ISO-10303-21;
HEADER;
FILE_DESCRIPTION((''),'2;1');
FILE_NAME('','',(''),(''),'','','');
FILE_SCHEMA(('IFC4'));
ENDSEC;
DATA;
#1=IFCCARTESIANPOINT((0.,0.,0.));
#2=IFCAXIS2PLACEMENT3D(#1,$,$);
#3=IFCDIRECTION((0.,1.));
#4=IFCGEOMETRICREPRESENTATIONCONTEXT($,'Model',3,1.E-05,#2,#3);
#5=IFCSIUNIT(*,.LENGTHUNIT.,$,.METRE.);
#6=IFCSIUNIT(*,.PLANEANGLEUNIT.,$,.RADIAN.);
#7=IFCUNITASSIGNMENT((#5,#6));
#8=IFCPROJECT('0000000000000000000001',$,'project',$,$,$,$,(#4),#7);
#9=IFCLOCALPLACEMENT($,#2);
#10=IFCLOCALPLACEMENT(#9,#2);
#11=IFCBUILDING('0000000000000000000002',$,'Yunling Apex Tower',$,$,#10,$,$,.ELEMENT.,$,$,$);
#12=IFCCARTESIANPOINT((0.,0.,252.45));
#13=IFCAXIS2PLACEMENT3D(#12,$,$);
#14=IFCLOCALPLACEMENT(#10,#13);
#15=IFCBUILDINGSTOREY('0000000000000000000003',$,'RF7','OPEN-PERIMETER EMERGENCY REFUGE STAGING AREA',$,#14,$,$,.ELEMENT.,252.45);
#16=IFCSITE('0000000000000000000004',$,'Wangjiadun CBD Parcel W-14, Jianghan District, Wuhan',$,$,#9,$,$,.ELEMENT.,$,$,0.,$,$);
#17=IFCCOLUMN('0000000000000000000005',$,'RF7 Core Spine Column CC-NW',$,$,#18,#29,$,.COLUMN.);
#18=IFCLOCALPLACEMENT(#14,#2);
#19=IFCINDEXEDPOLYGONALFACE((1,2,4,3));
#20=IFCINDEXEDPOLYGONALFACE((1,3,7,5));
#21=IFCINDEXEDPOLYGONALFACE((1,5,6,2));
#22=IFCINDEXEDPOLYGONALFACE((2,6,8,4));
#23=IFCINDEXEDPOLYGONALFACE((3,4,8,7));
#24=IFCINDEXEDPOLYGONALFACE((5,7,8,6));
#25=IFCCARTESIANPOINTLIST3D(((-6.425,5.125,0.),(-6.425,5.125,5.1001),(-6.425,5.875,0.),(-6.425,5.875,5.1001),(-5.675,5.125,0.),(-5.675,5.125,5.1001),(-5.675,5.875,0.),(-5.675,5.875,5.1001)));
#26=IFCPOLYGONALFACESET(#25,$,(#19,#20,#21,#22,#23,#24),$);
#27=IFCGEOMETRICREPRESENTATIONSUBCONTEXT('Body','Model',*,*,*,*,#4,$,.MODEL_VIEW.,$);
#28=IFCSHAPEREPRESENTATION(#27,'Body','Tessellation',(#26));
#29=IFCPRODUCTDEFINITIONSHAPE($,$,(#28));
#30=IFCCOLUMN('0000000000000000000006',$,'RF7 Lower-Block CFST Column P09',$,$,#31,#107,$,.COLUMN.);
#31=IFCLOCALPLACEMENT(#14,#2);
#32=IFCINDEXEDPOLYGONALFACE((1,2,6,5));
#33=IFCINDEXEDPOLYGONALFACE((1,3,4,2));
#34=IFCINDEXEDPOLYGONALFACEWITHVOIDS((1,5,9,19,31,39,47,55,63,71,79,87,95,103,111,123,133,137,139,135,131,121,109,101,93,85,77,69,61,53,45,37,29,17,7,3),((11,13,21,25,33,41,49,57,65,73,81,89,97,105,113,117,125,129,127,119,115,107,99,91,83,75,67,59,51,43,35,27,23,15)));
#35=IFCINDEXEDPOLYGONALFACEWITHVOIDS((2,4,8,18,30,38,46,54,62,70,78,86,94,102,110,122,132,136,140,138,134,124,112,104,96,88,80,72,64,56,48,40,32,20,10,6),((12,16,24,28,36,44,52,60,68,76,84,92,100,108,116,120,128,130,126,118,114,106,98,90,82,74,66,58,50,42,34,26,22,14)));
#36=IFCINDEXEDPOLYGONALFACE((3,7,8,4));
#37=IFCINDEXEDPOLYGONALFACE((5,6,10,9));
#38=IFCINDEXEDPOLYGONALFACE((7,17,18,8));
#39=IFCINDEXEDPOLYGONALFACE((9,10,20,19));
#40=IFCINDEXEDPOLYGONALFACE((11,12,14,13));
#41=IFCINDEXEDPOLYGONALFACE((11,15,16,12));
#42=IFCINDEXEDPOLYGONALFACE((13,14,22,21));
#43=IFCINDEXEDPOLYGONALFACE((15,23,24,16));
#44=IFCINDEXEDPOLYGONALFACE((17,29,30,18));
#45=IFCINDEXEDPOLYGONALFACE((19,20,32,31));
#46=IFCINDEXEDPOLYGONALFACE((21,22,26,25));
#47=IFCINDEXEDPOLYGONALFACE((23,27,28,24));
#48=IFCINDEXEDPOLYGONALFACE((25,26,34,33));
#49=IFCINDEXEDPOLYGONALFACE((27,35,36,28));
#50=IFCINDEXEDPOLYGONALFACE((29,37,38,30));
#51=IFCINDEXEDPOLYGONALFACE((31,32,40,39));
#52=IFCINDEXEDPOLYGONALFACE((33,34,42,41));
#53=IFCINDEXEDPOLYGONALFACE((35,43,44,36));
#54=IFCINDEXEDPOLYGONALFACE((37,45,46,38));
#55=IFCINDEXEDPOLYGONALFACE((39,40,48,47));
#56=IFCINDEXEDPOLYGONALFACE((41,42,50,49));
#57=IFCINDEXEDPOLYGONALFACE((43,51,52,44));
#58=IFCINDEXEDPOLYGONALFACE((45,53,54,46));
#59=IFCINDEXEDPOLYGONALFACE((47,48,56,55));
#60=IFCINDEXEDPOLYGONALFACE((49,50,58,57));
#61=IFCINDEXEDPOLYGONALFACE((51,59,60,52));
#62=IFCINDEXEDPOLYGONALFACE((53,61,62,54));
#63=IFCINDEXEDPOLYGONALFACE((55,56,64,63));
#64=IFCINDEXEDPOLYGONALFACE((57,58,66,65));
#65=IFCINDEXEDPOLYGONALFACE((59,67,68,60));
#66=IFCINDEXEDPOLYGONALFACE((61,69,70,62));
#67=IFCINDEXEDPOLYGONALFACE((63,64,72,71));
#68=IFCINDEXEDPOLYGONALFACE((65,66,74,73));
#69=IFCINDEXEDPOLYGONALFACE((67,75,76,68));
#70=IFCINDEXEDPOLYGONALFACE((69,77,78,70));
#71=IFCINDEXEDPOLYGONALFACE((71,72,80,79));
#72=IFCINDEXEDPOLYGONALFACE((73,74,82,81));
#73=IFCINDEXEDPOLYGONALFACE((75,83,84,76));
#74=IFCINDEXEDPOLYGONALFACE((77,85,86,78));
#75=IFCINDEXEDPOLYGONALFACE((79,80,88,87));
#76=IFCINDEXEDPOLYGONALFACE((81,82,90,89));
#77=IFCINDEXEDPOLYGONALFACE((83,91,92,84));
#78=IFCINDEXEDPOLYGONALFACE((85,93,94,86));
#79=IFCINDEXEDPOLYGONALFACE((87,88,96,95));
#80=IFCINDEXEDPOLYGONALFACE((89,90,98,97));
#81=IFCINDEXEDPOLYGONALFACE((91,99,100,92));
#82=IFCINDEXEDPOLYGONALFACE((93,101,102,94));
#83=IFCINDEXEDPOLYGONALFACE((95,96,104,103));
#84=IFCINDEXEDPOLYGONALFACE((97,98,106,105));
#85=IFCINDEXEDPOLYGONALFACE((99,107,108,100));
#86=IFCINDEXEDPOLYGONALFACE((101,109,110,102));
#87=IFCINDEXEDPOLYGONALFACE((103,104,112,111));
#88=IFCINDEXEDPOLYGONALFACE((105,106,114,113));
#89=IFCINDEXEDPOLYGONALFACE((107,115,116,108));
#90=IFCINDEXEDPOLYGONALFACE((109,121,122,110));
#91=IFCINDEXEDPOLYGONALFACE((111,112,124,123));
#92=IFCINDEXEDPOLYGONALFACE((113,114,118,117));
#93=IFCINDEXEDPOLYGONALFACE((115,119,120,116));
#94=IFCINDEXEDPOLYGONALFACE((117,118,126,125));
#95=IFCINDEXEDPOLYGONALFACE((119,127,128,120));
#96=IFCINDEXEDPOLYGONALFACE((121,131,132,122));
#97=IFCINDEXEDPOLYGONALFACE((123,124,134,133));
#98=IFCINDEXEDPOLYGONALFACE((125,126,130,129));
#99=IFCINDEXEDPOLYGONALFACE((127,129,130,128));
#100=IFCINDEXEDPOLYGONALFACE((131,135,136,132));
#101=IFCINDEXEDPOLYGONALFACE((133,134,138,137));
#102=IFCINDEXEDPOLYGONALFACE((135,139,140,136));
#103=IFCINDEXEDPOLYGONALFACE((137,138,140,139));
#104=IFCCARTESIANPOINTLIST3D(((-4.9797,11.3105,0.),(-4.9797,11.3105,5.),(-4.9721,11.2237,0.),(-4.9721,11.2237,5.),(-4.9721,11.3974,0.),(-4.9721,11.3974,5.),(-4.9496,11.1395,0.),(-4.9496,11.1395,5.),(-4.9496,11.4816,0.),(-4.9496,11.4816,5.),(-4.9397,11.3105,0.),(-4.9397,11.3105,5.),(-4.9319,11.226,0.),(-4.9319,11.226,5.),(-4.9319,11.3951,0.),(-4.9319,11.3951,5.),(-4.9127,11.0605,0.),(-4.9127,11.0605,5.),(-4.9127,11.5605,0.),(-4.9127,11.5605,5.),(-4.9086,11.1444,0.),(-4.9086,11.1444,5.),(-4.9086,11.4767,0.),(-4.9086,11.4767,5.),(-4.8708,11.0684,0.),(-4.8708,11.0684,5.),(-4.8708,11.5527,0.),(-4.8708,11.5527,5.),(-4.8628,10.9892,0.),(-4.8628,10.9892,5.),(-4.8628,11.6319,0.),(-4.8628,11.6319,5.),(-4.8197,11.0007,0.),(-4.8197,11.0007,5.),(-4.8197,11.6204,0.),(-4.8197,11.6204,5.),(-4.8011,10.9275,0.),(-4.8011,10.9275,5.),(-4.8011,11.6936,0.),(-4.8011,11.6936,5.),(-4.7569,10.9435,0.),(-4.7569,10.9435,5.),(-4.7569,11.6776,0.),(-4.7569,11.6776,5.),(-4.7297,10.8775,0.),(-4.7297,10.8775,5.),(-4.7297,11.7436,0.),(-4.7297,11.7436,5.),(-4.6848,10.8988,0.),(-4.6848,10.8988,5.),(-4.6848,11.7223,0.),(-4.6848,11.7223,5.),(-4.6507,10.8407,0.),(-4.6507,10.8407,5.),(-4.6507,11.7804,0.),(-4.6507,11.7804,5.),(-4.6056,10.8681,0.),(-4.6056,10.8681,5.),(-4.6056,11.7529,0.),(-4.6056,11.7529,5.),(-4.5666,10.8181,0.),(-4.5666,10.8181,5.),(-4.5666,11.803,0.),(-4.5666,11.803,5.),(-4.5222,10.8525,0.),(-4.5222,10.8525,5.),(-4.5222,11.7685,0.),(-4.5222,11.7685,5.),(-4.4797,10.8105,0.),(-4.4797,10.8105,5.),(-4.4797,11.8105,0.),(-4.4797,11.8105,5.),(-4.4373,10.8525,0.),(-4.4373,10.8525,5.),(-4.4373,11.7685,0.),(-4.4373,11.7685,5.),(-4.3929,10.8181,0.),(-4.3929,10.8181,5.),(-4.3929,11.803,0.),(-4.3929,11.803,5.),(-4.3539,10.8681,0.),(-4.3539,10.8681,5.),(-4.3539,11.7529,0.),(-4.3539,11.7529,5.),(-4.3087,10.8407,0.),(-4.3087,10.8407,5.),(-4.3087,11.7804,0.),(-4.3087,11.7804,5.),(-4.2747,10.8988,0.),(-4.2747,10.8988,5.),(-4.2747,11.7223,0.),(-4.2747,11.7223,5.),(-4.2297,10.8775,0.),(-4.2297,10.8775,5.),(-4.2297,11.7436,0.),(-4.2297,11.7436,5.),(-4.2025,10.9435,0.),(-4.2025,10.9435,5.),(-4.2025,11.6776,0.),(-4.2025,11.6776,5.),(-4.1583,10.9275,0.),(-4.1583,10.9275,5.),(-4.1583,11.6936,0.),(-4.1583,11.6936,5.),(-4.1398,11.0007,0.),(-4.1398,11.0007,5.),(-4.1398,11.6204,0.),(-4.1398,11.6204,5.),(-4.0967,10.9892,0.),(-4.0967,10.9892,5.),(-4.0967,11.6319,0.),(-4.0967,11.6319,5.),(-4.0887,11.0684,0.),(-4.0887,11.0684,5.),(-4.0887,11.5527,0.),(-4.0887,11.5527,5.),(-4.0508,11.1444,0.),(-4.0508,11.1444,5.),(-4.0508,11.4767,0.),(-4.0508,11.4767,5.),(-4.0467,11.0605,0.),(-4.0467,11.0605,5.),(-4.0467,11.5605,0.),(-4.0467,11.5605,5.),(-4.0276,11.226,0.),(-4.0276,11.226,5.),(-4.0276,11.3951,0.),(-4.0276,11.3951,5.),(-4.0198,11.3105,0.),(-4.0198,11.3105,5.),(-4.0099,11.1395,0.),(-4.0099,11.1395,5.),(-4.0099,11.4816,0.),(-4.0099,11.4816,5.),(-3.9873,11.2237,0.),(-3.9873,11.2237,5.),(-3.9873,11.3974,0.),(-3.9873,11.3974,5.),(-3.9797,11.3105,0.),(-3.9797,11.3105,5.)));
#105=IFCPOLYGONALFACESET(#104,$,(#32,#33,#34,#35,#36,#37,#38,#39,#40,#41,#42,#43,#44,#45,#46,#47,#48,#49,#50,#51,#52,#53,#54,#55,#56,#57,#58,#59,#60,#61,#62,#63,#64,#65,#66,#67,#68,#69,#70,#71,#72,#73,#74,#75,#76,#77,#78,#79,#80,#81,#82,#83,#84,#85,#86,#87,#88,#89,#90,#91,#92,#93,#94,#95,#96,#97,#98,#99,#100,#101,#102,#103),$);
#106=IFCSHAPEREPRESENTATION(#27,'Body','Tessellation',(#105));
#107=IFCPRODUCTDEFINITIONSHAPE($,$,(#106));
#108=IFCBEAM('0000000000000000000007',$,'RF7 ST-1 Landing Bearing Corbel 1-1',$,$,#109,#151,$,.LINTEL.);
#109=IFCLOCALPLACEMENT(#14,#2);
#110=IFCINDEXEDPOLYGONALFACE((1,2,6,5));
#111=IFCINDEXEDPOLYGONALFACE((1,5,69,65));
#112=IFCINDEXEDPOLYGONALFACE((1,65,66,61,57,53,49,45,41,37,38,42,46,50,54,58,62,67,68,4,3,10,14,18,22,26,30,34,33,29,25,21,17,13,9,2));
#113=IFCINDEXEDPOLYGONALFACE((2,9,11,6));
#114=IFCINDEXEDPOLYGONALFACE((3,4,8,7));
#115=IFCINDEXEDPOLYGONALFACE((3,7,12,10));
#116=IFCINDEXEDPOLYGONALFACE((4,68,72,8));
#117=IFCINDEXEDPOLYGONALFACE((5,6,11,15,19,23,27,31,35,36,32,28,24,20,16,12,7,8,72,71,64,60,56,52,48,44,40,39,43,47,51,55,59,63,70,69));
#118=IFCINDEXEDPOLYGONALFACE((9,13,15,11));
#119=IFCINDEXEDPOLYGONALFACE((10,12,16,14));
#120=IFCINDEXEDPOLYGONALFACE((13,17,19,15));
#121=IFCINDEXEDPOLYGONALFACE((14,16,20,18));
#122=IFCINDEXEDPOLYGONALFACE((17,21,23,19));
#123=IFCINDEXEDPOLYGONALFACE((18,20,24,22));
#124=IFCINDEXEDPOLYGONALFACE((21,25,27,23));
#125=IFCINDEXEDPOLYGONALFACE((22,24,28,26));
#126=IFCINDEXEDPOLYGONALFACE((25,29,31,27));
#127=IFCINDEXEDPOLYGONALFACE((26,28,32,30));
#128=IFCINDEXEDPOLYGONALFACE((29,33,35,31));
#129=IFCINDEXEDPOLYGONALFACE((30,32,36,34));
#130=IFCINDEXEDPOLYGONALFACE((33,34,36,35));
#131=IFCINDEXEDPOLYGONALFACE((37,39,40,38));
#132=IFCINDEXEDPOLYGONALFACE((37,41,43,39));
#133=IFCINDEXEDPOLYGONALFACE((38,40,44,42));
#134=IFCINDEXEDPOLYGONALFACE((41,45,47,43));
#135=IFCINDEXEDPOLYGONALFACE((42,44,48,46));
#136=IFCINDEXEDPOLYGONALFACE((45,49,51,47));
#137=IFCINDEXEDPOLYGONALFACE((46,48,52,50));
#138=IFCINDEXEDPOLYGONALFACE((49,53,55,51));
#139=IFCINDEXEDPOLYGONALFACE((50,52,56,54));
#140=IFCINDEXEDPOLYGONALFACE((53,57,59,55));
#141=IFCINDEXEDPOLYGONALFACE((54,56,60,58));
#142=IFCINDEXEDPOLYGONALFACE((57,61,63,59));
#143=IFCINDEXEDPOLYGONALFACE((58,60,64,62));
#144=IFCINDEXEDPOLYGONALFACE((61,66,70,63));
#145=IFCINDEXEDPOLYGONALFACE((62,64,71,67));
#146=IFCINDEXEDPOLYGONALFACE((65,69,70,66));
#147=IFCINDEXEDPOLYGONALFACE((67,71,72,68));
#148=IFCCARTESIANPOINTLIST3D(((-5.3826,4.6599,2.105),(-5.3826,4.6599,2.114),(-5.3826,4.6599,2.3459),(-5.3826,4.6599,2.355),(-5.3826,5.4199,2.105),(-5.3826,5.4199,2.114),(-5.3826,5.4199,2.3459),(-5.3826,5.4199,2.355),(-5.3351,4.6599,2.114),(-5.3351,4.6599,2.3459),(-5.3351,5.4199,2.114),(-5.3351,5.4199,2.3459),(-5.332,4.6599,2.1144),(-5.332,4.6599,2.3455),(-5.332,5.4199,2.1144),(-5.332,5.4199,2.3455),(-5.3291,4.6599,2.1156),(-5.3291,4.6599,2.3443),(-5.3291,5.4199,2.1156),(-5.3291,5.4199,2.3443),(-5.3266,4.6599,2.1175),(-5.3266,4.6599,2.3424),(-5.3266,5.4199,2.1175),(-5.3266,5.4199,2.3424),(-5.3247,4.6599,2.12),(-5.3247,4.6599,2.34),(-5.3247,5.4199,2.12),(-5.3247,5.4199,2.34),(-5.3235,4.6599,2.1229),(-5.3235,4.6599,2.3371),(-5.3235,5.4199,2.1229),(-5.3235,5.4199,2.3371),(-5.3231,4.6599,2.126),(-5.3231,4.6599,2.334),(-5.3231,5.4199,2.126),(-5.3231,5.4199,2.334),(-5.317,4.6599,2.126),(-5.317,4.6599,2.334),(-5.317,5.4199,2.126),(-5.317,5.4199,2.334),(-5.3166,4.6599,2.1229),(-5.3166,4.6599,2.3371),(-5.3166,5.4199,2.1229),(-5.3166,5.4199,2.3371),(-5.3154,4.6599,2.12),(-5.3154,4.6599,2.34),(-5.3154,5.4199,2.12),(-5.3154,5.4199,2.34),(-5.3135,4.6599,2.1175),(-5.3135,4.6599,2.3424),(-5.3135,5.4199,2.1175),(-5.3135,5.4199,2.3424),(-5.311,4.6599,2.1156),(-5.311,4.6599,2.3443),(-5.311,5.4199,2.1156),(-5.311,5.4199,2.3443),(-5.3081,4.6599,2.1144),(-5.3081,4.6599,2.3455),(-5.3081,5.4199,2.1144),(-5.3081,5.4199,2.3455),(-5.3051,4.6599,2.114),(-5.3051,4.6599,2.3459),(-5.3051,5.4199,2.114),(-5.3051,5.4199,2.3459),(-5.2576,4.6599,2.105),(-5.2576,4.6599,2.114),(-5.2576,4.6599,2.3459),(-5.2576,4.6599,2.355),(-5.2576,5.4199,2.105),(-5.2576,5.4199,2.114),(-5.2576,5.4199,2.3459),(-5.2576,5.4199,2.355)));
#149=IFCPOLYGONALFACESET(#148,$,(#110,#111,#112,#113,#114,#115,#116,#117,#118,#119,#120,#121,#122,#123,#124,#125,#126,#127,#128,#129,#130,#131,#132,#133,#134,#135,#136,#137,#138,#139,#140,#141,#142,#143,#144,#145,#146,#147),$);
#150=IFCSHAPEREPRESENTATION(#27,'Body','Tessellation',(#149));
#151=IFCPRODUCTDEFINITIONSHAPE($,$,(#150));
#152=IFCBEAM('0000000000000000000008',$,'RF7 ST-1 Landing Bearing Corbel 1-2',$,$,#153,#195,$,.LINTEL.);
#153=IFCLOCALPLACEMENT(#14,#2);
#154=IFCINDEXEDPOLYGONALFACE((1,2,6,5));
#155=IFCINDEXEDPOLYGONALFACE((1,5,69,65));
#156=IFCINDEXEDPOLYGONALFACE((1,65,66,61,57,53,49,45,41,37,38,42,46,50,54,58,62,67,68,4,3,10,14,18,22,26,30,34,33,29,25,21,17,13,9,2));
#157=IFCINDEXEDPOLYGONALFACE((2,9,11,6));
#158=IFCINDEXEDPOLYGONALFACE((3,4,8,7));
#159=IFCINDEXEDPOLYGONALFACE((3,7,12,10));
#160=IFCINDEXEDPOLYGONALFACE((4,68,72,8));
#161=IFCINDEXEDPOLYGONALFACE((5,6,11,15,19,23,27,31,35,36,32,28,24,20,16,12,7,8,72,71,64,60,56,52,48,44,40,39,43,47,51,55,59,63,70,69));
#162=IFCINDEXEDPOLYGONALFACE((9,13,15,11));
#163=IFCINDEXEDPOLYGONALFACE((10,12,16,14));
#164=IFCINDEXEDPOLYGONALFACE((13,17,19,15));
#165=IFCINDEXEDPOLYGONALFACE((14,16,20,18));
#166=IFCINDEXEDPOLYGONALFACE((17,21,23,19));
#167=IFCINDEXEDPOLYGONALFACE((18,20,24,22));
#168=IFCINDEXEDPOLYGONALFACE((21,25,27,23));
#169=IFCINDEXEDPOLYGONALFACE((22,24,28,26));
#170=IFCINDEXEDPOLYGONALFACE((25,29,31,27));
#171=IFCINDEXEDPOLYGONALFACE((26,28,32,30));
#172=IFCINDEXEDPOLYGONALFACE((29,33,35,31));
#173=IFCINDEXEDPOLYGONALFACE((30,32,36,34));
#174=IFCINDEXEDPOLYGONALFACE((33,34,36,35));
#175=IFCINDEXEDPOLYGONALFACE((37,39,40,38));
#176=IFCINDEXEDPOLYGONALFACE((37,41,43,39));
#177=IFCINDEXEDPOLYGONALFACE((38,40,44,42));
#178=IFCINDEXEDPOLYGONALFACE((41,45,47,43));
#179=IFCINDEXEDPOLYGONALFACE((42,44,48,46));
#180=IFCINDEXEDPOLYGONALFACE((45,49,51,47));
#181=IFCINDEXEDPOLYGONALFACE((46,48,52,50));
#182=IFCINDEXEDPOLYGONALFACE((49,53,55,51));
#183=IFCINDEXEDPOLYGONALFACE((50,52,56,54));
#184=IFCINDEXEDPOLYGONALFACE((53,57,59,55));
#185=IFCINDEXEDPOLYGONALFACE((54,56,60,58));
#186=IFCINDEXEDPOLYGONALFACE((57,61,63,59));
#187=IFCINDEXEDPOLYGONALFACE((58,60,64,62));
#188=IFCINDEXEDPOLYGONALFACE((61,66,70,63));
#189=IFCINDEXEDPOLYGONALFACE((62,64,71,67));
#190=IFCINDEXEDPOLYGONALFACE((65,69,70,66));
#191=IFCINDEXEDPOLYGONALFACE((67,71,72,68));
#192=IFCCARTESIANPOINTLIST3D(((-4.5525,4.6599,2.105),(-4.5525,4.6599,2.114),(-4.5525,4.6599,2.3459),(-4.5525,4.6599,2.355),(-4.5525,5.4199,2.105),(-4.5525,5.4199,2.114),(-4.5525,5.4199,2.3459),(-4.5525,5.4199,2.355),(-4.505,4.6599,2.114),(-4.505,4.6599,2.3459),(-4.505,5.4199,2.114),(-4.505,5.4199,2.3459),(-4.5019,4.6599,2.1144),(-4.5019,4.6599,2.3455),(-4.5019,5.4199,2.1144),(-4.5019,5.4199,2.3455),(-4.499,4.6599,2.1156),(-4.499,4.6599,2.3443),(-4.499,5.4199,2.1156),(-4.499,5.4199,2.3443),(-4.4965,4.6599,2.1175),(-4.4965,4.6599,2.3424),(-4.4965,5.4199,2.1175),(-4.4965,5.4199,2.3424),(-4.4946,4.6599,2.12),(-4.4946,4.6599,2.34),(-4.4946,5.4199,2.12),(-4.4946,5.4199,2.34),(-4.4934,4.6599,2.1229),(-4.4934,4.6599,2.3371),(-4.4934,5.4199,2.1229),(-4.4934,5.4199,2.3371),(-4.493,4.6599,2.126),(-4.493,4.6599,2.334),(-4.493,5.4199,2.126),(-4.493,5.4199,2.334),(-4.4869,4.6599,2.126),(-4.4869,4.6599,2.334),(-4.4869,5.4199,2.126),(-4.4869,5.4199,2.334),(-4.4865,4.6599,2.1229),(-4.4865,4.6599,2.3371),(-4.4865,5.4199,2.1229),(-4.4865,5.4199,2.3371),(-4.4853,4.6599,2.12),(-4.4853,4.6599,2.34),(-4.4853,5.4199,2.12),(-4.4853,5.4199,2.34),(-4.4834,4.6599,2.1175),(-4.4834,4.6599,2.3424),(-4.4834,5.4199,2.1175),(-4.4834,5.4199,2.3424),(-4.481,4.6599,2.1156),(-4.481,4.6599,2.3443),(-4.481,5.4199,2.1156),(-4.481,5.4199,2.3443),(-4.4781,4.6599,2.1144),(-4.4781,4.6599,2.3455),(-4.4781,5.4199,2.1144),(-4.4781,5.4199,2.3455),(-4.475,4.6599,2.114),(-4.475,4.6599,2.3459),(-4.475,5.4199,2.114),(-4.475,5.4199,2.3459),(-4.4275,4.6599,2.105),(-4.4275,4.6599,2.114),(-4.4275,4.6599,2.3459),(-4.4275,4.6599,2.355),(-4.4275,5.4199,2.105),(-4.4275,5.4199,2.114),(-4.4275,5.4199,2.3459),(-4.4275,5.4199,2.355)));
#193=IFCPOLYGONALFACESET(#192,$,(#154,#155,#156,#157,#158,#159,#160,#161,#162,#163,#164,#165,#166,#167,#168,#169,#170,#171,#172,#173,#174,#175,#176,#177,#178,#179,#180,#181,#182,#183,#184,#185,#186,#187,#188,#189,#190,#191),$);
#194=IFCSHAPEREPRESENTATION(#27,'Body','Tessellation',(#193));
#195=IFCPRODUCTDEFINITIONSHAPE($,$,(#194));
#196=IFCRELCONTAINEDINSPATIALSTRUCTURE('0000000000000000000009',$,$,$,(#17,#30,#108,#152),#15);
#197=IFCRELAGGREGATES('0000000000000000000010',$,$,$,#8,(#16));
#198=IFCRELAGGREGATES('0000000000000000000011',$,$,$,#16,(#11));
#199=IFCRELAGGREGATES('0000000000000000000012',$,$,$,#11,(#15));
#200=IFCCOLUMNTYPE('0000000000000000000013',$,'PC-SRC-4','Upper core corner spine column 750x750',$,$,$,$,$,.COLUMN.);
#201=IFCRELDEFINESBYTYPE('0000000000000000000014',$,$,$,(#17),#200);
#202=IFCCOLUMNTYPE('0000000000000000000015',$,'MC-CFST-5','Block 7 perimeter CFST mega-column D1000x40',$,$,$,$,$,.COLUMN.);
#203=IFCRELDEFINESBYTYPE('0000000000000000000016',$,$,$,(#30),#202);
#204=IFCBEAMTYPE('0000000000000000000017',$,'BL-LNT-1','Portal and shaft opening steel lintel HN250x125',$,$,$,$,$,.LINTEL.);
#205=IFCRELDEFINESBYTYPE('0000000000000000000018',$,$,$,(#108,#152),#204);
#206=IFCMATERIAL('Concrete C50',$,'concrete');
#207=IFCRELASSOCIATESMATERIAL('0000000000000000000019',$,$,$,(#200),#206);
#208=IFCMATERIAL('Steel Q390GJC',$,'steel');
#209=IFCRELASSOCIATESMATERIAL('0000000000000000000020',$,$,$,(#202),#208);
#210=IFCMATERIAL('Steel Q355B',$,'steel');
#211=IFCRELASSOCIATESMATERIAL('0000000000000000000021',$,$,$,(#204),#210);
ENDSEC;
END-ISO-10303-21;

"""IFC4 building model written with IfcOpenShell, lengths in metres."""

from ifc_helpers import new_model, si_unit, direction, frame, origin, origin_2d, place, context, subcontext, project, spatial, rectangle, hollow_circle, i_section, extrude, source, transform, mapped, material, material_profile, profile_set, type_object, element, save


model = new_model("IFC4")

# Units and contexts
model_context = context("Model", 3, precision=1e-05, world=origin(), true_north=direction((0.0, 1.0)))
body_context = subcontext(model_context, "Body", "Model", "MODEL_VIEW")
ifc_project = project(units=[si_unit("LENGTHUNIT", "METRE"), si_unit("PLANEANGLEUNIT", "RADIAN")], contexts=[model_context])

# Site, building, storey
site_placement = place(None, origin())
site = spatial("IfcSite", under=ifc_project, at=site_placement, Name="Wangjiadun CBD Parcel W-14, Jianghan District, Wuhan", CompositionType="ELEMENT", RefElevation=0.0)
building_placement = place(site_placement, origin())
building = spatial("IfcBuilding", under=site, at=building_placement, Name="Yunling Apex Tower", CompositionType="ELEMENT")
storey_placement = place(building_placement, frame((0.0, 0.0, 252.45)))
storey = spatial("IfcBuildingStorey", under=building, at=storey_placement, Name="RF7", Description="OPEN-PERIMETER EMERGENCY REFUGE STAGING AREA", CompositionType="ELEMENT", Elevation=252.45)

# Columns
ifc_material_1 = material(Name="Concrete C50", Category="concrete")
ifc_material_profile_1 = material_profile(ifc_material_1, rectangle(XDim=0.75, YDim=0.75, at=origin_2d()))
ifc_profile_set_1 = profile_set([ifc_material_profile_1], Name="Concrete C50")
column_type_1 = type_object("IfcColumnType", Name="PC-SRC-4", Description="Upper core corner spine column 750x750", PredefinedType="COLUMN", material=ifc_profile_set_1)
shared_shape_1 = source(origin(), body_context, "Body", "SweptSolid", [
    extrude(rectangle(XDim=0.75, YDim=0.75, at=origin_2d()), origin(), (0.0, 0.0, 1.0), 5.1001),
])
column_1_placement = place(storey_placement, frame((-6.05, 5.5, 0.0), z_axis=(0.0, 0.0, 1.0), x_axis=(1.0, 0.0, 0.0)))
element("IfcColumn", 1, at=column_1_placement, inside=storey, type_object=column_type_1, Name="RF7 Core Spine Column CC-NW", PredefinedType="COLUMN", context=body_context, shape_type="MappedRepresentation", body=[
    mapped(shared_shape_1, transform((0.0, 0.0, 0.0), scale=1.0)),
])
ifc_material_2 = material(Name="Steel Q390GJC", Category="steel")
ifc_material_profile_2 = material_profile(ifc_material_2, hollow_circle(Radius=0.5, WallThickness=0.04, at=origin_2d()))
ifc_profile_set_2 = profile_set([ifc_material_profile_2], Name="Steel Q390GJC")
column_type_2 = type_object("IfcColumnType", Name="MC-CFST-5", Description="Block 7 perimeter CFST mega-column D1000x40", PredefinedType="COLUMN", material=ifc_profile_set_2)
shared_shape_2 = source(origin(), body_context, "Body", "SweptSolid", [
    extrude(hollow_circle(Radius=0.5, WallThickness=0.04, at=origin_2d()), origin(), (0.0, 0.0, 1.0), 5.0),
])
column_2_placement = place(storey_placement, frame((-4.4797, 11.3105, 0.0), z_axis=(0.0, 0.0, 1.0), x_axis=(1.0, 0.0, 0.0)))
element("IfcColumn", 2, at=column_2_placement, inside=storey, type_object=column_type_2, Name="RF7 Lower-Block CFST Column P09", PredefinedType="COLUMN", context=body_context, shape_type="MappedRepresentation", body=[
    mapped(shared_shape_2, transform((0.0, 0.0, 0.0), scale=1.0)),
])

# Beams
ifc_material_3 = material(Name="Steel Q355B", Category="steel")
ifc_material_profile_3 = material_profile(ifc_material_3, i_section(OverallWidth=0.125, OverallDepth=0.25, WebThickness=0.0061, FlangeThickness=0.009, FilletRadius=0.012, at=origin_2d()))
ifc_profile_set_3 = profile_set([ifc_material_profile_3], Name="Steel Q355B")
beam_type_1 = type_object("IfcBeamType", Name="BL-LNT-1", Description="Portal and shaft opening steel lintel HN250x125", PredefinedType="LINTEL", material=ifc_profile_set_3)
shared_shape_3 = source(origin(), body_context, "Body", "SweptSolid", [
    extrude(i_section(OverallWidth=0.125, OverallDepth=0.25, WebThickness=0.0061, FlangeThickness=0.009, FilletRadius=0.012, at=origin_2d()), origin(), (0.0, 0.0, 1.0), 0.76),
])
for number, where, z_axis, x_axis, name in (
    (3, (-5.3201, 5.4199, 2.23), (0.0, -1.0, 0.0), (1.0, 0.0, 0.0), "RF7 ST-1 Landing Bearing Corbel 1-1"),
    (4, (-4.49, 5.4199, 2.23), (0.0, -1.0, 0.0), (1.0, 0.0, 0.0), "RF7 ST-1 Landing Bearing Corbel 1-2"),
):
    element("IfcBeam", number, at=place(storey_placement, frame(where, z_axis=z_axis, x_axis=x_axis)), inside=storey, type_object=beam_type_1, Name=name, PredefinedType="LINTEL", context=body_context, shape_type="MappedRepresentation", body=[
        mapped(shared_shape_3, transform((0.0, 0.0, 0.0), scale=1.0)),
    ])

save(model, "model.ifc")
